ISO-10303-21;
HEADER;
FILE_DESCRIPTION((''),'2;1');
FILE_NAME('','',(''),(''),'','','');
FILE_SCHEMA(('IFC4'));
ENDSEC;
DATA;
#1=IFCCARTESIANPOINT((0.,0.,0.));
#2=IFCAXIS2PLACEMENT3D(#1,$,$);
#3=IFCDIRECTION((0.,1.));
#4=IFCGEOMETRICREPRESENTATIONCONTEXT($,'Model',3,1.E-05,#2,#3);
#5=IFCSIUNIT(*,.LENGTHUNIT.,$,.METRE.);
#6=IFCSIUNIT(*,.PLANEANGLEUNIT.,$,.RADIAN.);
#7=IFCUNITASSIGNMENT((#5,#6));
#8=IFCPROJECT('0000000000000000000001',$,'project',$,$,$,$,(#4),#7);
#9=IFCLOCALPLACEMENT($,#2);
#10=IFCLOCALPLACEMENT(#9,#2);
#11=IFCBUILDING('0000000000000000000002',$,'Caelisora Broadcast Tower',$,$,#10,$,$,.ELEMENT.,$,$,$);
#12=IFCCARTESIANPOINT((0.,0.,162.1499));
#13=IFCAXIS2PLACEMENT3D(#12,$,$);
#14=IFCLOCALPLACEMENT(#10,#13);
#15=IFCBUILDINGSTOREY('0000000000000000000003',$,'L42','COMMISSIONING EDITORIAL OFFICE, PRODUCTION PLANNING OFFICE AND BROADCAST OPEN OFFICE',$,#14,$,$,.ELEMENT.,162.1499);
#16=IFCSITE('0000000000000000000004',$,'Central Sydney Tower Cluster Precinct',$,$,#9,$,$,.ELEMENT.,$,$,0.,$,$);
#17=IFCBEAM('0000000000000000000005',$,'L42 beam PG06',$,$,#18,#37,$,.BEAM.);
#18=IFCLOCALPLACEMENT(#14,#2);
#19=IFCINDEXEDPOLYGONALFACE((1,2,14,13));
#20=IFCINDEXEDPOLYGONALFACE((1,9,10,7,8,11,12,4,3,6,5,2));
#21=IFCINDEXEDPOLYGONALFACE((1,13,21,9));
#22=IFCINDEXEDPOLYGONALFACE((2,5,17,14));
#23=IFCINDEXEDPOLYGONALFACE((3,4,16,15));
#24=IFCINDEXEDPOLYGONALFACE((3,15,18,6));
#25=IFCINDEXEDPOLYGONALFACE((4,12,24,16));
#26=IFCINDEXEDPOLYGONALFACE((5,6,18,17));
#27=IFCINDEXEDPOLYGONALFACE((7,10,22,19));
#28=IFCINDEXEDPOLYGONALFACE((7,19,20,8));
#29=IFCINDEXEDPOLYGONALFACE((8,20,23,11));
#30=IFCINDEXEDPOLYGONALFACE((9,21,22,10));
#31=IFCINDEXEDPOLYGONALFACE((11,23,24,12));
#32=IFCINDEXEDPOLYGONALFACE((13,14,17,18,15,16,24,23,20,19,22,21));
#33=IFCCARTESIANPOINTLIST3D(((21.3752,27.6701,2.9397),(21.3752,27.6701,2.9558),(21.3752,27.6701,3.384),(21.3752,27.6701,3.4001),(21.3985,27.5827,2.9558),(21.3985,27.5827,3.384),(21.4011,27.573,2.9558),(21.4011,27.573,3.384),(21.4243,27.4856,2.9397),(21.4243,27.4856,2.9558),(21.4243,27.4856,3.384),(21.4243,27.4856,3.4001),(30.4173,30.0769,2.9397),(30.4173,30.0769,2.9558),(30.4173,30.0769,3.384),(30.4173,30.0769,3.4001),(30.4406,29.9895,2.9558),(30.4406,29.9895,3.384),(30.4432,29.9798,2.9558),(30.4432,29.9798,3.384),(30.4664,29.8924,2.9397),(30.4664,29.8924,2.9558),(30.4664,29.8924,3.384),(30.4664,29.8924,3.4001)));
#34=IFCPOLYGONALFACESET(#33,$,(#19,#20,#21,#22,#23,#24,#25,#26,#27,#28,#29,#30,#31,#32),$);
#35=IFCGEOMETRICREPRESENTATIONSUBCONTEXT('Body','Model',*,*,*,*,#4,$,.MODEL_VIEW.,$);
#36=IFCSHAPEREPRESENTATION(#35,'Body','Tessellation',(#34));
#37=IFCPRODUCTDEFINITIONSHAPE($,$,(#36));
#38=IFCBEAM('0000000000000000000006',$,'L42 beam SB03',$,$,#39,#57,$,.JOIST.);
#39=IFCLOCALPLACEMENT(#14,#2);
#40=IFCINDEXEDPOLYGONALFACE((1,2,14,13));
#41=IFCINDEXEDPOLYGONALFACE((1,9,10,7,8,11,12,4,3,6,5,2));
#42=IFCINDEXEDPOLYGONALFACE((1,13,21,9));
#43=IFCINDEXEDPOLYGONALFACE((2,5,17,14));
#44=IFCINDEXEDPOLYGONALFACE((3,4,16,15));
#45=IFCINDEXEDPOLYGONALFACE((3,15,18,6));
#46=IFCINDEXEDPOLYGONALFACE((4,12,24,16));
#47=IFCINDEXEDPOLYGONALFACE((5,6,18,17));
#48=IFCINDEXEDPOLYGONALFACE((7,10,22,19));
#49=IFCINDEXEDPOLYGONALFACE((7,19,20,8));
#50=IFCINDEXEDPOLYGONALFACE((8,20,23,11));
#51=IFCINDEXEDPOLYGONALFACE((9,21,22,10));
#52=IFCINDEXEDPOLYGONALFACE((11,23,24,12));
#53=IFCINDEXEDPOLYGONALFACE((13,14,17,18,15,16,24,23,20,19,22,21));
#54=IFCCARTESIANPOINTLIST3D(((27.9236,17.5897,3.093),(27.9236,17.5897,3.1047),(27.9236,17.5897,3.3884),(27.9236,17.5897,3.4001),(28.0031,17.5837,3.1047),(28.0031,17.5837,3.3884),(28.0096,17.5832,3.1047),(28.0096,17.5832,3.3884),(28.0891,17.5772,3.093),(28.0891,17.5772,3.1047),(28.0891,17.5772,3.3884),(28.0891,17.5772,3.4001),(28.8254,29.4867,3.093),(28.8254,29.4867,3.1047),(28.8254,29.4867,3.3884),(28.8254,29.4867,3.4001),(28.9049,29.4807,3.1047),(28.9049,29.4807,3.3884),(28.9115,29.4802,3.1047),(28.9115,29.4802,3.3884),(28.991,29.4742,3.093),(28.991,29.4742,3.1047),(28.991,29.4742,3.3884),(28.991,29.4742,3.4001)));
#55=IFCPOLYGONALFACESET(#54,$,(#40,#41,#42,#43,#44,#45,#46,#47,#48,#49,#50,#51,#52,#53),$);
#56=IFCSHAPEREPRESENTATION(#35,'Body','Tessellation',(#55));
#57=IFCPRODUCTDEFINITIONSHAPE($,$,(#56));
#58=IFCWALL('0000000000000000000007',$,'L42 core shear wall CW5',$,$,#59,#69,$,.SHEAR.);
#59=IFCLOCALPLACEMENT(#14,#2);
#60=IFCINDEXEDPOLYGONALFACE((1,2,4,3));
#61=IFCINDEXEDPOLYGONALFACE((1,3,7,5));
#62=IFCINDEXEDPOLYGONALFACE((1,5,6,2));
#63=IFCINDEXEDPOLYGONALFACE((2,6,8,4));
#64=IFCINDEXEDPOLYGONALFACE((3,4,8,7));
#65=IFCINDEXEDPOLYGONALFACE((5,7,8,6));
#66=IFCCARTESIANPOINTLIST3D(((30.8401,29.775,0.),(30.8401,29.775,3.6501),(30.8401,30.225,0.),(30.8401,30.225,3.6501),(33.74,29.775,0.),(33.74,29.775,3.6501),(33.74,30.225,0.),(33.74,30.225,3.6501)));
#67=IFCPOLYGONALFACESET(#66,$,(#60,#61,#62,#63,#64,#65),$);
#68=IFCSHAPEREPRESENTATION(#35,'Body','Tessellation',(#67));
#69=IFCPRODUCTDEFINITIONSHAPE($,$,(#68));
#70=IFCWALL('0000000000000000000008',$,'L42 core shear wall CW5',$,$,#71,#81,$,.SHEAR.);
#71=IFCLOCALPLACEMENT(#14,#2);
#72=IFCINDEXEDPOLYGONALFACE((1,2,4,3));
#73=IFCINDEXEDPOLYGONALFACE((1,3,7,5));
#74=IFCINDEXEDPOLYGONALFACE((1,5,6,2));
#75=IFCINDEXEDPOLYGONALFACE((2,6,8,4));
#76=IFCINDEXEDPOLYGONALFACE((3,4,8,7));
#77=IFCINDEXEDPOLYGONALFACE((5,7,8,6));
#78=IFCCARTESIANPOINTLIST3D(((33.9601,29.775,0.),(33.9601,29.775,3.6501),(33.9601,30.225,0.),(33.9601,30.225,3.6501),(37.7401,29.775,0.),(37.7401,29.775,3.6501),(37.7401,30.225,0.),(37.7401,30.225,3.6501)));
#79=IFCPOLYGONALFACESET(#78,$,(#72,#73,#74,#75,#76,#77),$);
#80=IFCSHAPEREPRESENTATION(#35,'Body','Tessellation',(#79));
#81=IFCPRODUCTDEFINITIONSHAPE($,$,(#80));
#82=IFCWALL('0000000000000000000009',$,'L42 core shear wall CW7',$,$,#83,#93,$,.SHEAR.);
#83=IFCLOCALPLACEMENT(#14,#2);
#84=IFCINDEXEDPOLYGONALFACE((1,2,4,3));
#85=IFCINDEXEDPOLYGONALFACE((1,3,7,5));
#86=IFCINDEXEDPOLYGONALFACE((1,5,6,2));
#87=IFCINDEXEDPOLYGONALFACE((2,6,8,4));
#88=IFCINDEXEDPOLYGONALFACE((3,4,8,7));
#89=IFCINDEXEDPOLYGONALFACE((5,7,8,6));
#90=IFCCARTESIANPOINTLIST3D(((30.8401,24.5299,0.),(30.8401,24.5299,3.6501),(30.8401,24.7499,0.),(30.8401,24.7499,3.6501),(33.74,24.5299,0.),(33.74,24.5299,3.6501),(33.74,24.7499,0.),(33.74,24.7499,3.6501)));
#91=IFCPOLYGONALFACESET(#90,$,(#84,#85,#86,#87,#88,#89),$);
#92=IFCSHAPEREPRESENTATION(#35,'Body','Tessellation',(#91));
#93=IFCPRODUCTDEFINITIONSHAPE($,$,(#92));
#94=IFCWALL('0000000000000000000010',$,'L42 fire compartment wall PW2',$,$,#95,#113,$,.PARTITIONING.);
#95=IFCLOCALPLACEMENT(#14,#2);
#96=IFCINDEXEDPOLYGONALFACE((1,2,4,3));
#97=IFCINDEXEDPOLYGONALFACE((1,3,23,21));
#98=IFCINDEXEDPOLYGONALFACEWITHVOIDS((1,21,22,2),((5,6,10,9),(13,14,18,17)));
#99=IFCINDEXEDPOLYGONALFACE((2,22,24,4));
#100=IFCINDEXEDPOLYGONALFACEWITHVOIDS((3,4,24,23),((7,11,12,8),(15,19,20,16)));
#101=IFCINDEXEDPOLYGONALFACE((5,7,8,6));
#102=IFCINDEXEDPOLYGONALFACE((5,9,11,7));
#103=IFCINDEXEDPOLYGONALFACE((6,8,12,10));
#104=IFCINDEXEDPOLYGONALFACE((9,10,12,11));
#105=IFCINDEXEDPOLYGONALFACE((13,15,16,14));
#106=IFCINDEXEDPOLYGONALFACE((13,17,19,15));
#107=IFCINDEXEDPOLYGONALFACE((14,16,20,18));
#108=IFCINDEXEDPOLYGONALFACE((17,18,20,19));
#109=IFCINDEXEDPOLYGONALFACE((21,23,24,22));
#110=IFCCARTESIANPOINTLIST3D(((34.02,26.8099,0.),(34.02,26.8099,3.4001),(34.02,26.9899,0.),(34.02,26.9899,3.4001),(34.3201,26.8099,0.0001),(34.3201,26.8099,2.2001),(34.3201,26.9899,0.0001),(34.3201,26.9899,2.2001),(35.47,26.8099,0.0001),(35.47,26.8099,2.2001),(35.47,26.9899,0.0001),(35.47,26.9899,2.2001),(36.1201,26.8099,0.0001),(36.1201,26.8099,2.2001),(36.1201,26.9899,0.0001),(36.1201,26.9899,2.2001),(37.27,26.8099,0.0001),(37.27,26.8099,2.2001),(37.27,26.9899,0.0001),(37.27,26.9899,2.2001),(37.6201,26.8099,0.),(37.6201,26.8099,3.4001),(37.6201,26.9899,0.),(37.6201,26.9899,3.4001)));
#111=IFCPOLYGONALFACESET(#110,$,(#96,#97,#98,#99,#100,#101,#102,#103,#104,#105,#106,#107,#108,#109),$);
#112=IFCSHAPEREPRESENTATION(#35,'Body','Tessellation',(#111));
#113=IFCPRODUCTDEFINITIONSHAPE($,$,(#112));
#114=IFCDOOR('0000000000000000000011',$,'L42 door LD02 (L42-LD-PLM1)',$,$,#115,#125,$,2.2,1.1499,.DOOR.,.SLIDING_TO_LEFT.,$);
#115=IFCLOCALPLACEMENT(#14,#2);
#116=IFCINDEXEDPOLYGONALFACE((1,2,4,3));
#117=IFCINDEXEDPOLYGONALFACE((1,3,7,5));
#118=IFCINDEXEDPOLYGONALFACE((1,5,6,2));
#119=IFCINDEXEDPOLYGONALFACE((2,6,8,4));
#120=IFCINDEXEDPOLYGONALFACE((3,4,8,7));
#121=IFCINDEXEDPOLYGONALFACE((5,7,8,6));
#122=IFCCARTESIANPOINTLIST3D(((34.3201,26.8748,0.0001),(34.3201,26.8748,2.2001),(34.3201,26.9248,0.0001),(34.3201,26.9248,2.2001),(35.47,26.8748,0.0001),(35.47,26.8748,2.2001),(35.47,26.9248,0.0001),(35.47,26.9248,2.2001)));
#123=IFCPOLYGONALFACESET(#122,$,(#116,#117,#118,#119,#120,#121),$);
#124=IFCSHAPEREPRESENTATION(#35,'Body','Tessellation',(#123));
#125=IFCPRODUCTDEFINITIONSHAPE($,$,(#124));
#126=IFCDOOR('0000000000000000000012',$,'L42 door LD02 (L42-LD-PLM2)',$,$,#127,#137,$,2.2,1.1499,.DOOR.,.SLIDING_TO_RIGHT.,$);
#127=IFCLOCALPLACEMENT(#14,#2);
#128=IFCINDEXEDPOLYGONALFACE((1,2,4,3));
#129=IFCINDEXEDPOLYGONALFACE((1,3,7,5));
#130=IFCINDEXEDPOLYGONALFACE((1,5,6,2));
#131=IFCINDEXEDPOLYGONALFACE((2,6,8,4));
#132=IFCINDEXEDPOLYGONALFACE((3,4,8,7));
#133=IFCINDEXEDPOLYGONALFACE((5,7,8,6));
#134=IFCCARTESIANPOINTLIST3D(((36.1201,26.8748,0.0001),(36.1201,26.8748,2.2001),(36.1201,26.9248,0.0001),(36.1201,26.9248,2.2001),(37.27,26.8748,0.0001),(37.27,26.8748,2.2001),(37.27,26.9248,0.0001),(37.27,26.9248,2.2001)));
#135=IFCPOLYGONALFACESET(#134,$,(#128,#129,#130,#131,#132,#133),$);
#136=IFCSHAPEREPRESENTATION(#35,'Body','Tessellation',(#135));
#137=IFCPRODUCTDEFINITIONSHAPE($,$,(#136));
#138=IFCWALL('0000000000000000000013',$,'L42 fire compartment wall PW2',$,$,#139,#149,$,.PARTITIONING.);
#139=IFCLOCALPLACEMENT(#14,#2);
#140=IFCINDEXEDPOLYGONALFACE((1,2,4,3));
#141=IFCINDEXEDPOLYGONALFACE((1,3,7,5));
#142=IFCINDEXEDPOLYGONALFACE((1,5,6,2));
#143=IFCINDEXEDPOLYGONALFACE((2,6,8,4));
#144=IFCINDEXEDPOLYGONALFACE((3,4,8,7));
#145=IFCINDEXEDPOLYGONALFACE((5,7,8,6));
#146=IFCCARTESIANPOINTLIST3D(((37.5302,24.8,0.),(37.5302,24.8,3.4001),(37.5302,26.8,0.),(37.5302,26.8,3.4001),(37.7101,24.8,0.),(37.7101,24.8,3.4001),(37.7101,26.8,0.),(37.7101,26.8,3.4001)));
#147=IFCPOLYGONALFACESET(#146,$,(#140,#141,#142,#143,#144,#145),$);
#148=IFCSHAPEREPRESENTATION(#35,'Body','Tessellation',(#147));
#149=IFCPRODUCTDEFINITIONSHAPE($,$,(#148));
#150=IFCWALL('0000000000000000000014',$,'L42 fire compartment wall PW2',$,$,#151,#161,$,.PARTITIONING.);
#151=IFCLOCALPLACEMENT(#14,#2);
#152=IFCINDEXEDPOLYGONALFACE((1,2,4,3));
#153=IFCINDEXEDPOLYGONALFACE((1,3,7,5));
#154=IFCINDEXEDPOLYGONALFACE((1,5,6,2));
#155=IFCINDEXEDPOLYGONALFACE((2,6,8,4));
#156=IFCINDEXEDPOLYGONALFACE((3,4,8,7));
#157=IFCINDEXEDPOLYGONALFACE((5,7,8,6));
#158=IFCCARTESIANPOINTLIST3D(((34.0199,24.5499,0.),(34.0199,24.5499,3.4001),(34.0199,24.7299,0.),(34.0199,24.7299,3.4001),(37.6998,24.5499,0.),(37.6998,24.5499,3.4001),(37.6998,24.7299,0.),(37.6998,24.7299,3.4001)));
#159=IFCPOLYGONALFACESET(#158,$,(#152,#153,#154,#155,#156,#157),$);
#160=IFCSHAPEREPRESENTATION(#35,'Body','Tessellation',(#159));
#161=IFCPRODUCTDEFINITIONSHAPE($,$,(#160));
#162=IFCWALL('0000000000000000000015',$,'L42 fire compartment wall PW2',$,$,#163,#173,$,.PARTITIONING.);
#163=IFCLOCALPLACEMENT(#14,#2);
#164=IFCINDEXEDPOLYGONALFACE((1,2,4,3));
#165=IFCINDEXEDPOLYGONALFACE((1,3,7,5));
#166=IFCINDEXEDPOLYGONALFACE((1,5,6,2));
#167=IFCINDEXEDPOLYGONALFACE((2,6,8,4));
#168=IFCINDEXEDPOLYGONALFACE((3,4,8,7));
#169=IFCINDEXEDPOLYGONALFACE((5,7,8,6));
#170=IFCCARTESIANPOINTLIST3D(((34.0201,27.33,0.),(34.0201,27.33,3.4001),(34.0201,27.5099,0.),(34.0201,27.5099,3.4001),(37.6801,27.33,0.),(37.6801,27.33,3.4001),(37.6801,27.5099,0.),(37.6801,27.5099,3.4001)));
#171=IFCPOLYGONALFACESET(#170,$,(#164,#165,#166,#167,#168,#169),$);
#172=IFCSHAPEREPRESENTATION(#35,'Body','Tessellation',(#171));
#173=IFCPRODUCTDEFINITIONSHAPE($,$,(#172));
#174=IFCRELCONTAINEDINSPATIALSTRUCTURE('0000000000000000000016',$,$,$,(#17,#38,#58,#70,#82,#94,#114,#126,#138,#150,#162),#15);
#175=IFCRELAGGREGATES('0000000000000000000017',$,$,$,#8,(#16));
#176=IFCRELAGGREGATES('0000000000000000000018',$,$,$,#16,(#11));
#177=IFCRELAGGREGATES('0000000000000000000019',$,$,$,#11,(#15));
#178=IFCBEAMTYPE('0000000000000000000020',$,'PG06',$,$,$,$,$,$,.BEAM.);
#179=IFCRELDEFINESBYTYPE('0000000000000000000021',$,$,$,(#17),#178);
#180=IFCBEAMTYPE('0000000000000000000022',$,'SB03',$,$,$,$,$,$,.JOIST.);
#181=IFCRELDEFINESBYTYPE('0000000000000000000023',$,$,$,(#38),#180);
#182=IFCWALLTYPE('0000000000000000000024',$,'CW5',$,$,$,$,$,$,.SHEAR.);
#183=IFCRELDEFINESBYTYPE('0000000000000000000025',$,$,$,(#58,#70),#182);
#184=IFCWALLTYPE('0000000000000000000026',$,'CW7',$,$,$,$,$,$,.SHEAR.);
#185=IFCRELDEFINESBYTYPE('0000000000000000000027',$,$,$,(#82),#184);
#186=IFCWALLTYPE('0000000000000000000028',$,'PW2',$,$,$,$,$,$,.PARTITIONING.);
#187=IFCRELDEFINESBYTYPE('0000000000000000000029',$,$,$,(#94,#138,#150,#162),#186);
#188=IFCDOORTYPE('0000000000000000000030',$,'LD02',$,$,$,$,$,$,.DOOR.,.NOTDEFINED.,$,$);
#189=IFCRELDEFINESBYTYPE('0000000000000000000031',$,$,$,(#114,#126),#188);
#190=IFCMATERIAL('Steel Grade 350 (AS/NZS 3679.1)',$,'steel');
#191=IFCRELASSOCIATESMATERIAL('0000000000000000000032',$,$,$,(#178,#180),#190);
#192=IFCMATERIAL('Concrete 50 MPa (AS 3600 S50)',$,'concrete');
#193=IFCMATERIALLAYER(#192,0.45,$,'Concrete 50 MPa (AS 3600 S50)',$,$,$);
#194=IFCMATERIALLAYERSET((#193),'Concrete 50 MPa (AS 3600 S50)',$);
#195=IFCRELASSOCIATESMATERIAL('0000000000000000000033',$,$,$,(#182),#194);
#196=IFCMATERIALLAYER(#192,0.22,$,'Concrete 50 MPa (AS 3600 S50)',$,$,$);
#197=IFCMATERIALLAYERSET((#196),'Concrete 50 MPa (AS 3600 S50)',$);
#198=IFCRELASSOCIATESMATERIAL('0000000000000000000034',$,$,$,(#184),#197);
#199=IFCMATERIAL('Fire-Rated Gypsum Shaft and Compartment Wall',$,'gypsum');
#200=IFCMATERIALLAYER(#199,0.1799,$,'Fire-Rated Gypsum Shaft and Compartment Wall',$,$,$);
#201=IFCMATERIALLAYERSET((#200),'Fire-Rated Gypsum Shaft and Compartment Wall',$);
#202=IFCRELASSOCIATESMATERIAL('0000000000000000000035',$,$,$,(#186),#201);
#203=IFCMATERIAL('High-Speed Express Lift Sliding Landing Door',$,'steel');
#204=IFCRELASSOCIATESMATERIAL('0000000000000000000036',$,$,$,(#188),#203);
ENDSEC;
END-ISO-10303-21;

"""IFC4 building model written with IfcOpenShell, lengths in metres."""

from ifc_helpers import new_model, si_unit, direction, frame, frame_2d, origin, origin_2d, place, context, subcontext, project, spatial, rectangle, i_section, extrude, source, transform, mapped, material, layer, layer_set, material_profile, profile_set, type_object, type_shapes, element, fill, save


model = new_model("IFC4")

# Units and contexts
model_context = context("Model", 3, precision=1e-05, world=origin(), true_north=direction((0.0, 1.0)))
body_context = subcontext(model_context, "Body", "Model", "MODEL_VIEW")
ifc_project = project(units=[si_unit("LENGTHUNIT", "METRE"), si_unit("PLANEANGLEUNIT", "RADIAN")], contexts=[model_context])

# Site, building, storey
site_placement = place(None, origin())
site = spatial("IfcSite", under=ifc_project, at=site_placement, Name="Central Sydney Tower Cluster Precinct", CompositionType="ELEMENT", RefElevation=0.0)
building_placement = place(site_placement, origin())
building = spatial("IfcBuilding", under=site, at=building_placement, Name="Caelisora Broadcast Tower", CompositionType="ELEMENT")
storey_placement = place(building_placement, frame((0.0, 0.0, 162.1499)))
storey = spatial("IfcBuildingStorey", under=building, at=storey_placement, Name="L42", Description="COMMISSIONING EDITORIAL OFFICE, PRODUCTION PLANNING OFFICE AND BROADCAST OPEN OFFICE", CompositionType="ELEMENT", Elevation=162.1499)

# Beams
ifc_material_1 = material(Name="Concrete 50 MPa (AS 3600 S50)", Category="concrete")
ifc_material_2 = material(Name="Steel Grade 350 (AS/NZS 3679.1)", Category="steel")
ifc_material_profile_1 = material_profile(ifc_material_2, i_section(OverallWidth=0.1909, OverallDepth=0.4604, WebThickness=0.01, FlangeThickness=0.0161, at=origin_2d()), Name="Steel Grade 350 (AS/NZS 3679.1)")
ifc_profile_set_1 = profile_set([ifc_material_profile_1], Name="Steel Grade 350 (AS/NZS 3679.1)")
beam_type_1 = type_object("IfcBeamType", Name="PG06", PredefinedType="BEAM", material=ifc_profile_set_1)
shared_shape_1 = source(origin(), body_context, "Body", "SweptSolid", [
    extrude(i_section(OverallWidth=0.1909, OverallDepth=0.4604, WebThickness=0.01, FlangeThickness=0.0161, at=origin_2d()), origin(), (0.0, 0.0, 1.0), 9.3569),
])
beam_1_placement = place(storey_placement, frame((30.4419, 29.9846, 3.1699), z_axis=(-0.966353, -0.257218, 0.0), x_axis=(0.257218, -0.966353, 0.0)))
element("IfcBeam", 1, at=beam_1_placement, inside=storey, type_object=beam_type_1, Name="L42 beam PG06", PredefinedType="BEAM", context=body_context, shape_type="MappedRepresentation", body=[
    mapped(shared_shape_1, transform((0.0, 0.0, 0.0), scale=1.0)),
])
ifc_material_profile_2 = material_profile(ifc_material_2, i_section(OverallWidth=0.166, OverallDepth=0.3071, WebThickness=0.0066, FlangeThickness=0.0117, at=origin_2d()), Name="Steel Grade 350 (AS/NZS 3679.1)")
ifc_profile_set_2 = profile_set([ifc_material_profile_2], Name="Steel Grade 350 (AS/NZS 3679.1)")
beam_type_2 = type_object("IfcBeamType", Name="SB03", PredefinedType="JOIST", material=ifc_profile_set_2)
shared_shape_2 = source(origin(), body_context, "Body", "SweptSolid", [
    extrude(i_section(OverallWidth=0.166, OverallDepth=0.3071, WebThickness=0.0066, FlangeThickness=0.0117, at=origin_2d()), origin(), (0.0, 0.0, 1.0), 11.9312),
])
type_shapes(beam_type_2, [shared_shape_2])
beam_2_placement = place(storey_placement, frame((28.9082, 29.4805, 3.2466), z_axis=(-0.075589, -0.997139, 0.0), x_axis=(0.997139, -0.075589, 0.0)))
element("IfcBeam", 2, at=beam_2_placement, inside=storey, type_object=beam_type_2, Name="L42 beam SB03", PredefinedType="JOIST", context=body_context, shape_type="MappedRepresentation", body=[
    mapped(shared_shape_2, transform((0.0, 0.0, 0.0), scale=1.0)),
])

# Walls
ifc_layer_1 = layer(ifc_material_1, 0.45, Name="Concrete 50 MPa (AS 3600 S50)")
ifc_layer_set_1 = layer_set([ifc_layer_1], Name="Concrete 50 MPa (AS 3600 S50)")
wall_type_1 = type_object("IfcWallType", Name="CW5", PredefinedType="SHEAR", material=ifc_layer_set_1)
wall_1_placement = place(storey_placement, frame((30.8401, 30.0, 0.0), z_axis=(0.0, 0.0, 1.0), x_axis=(1.0, 0.0, 0.0)))
element("IfcWall", 3, at=wall_1_placement, inside=storey, type_object=wall_type_1, Name="L42 core shear wall CW5", PredefinedType="SHEAR", context=body_context, shape_type="SweptSolid", body=[
    extrude(rectangle(XDim=2.8999, YDim=0.45, at=frame_2d((1.45, 0.0))), origin(), (0.0, 0.0, 1.0), 3.6501),
])
wall_2_placement = place(storey_placement, frame((33.96, 30.0, 0.0), z_axis=(0.0, 0.0, 1.0), x_axis=(1.0, 0.0, 0.0)))
element("IfcWall", 4, at=wall_2_placement, inside=storey, type_object=wall_type_1, Name="L42 core shear wall CW5", PredefinedType="SHEAR", context=body_context, shape_type="SweptSolid", body=[
    extrude(rectangle(XDim=3.78, YDim=0.45, at=frame_2d((1.8901, 0.0))), origin(), (0.0, 0.0, 1.0), 3.6501),
])
ifc_layer_2 = layer(ifc_material_1, 0.22, Name="Concrete 50 MPa (AS 3600 S50)")
ifc_layer_set_2 = layer_set([ifc_layer_2], Name="Concrete 50 MPa (AS 3600 S50)")
wall_type_2 = type_object("IfcWallType", Name="CW7", PredefinedType="SHEAR", material=ifc_layer_set_2)
wall_3_placement = place(storey_placement, frame((30.8401, 24.6399, 0.0), z_axis=(0.0, 0.0, 1.0), x_axis=(1.0, 0.0, 0.0)))
element("IfcWall", 5, at=wall_3_placement, inside=storey, type_object=wall_type_2, Name="L42 core shear wall CW7", PredefinedType="SHEAR", context=body_context, shape_type="SweptSolid", body=[
    extrude(rectangle(XDim=2.8999, YDim=0.22, at=frame_2d((1.45, 0.0))), origin(), (0.0, 0.0, 1.0), 3.6501),
])

# Wall, openings, doors
ifc_material_3 = material(Name="Fire-Rated Gypsum Shaft and Compartment Wall", Category="gypsum")
ifc_layer_3 = layer(ifc_material_3, 0.1799, Name="Fire-Rated Gypsum Shaft and Compartment Wall")
ifc_layer_set_3 = layer_set([ifc_layer_3], Name="Fire-Rated Gypsum Shaft and Compartment Wall")
wall_type_3 = type_object("IfcWallType", Name="PW2", PredefinedType="PARTITIONING", material=ifc_layer_set_3)
wall_4_placement = place(storey_placement, frame((34.02, 26.8999, 0.0), z_axis=(0.0, 0.0, 1.0), x_axis=(1.0, 0.0, 0.0)))
wall_4 = element("IfcWall", 6, at=wall_4_placement, inside=storey, type_object=wall_type_3, Name="L42 fire compartment wall PW2", PredefinedType="PARTITIONING", context=body_context, shape_type="SweptSolid", body=[
    extrude(rectangle(XDim=3.6001, YDim=0.1799, at=frame_2d((1.8, 0.0))), origin(), (0.0, 0.0, 1.0), 3.4001),
])
opening_1_placement = place(wall_4_placement, frame((0.3, 0.0, 0.0)))
opening_1 = element("IfcOpeningElement", 7, at=opening_1_placement, cuts=wall_4, PredefinedType="OPENING", context=body_context, shape_type="SweptSolid", body=[
    extrude(rectangle(XDim=1.1499, YDim=2.2, at=frame_2d((0.575, 1.1001))), frame((0.0, 0.1021, 0.0), z_axis=(0.0, -1.0, 0.0), x_axis=(1.0, 0.0, 0.0)), (0.0, 0.0, 1.0), 0.2039),
])
opening_2_placement = place(wall_4_placement, frame((2.1001, 0.0, 0.0)))
opening_2 = element("IfcOpeningElement", 8, at=opening_2_placement, cuts=wall_4, PredefinedType="OPENING", context=body_context, shape_type="SweptSolid", body=[
    extrude(rectangle(XDim=1.1499, YDim=2.2, at=frame_2d((0.575, 1.1001))), frame((0.0, 0.1021, 0.0), z_axis=(0.0, -1.0, 0.0), x_axis=(1.0, 0.0, 0.0)), (0.0, 0.0, 1.0), 0.2039),
])
ifc_material_4 = material(Name="High-Speed Express Lift Sliding Landing Door", Category="steel")
door_type = type_object("IfcDoorType", Name="LD02", OperationType="NOTDEFINED", PredefinedType="DOOR", material=ifc_material_4)
door_1_placement = place(opening_1_placement, origin())
door_1 = element("IfcDoor", 9, at=door_1_placement, inside=storey, type_object=door_type, Name="L42 door LD02 (L42-LD-PLM1)", OperationType="SLIDING_TO_LEFT", OverallHeight=2.2, OverallWidth=1.1499, PredefinedType="DOOR", context=body_context, shape_type="SweptSolid", body=[
    extrude(rectangle(XDim=1.1499, YDim=2.2, at=frame_2d((0.575, 1.1001))), frame((0.0, 0.0249, 0.0), z_axis=(0.0, -1.0, 0.0), x_axis=(1.0, 0.0, 0.0)), (0.0, 0.0, 1.0), 0.05),
])
fill(opening_1, door_1)
door_2_placement = place(opening_2_placement, origin())
door_2 = element("IfcDoor", 10, at=door_2_placement, inside=storey, type_object=door_type, Name="L42 door LD02 (L42-LD-PLM2)", OperationType="SLIDING_TO_RIGHT", OverallHeight=2.2, OverallWidth=1.1499, PredefinedType="DOOR", context=body_context, shape_type="SweptSolid", body=[
    extrude(rectangle(XDim=1.1499, YDim=2.2, at=frame_2d((0.575, 1.1001))), frame((0.0, 0.0249, 0.0), z_axis=(0.0, -1.0, 0.0), x_axis=(1.0, 0.0, 0.0)), (0.0, 0.0, 1.0), 0.05),
])
fill(opening_2, door_2)

# Walls
wall_5_placement = place(storey_placement, frame((37.6201, 24.8, 0.0), z_axis=(0.0, 0.0, 1.0), x_axis=(0.0, 1.0, 0.0)))
element("IfcWall", 11, at=wall_5_placement, inside=storey, type_object=wall_type_3, Name="L42 fire compartment wall PW2", PredefinedType="PARTITIONING", context=body_context, shape_type="SweptSolid", body=[
    extrude(rectangle(XDim=2.0, YDim=0.1799, at=frame_2d((1.0, 0.0))), origin(), (0.0, 0.0, 1.0), 3.4001),
])
wall_6_placement = place(storey_placement, frame((34.02, 24.6399, 0.0), z_axis=(0.0, 0.0, 1.0), x_axis=(1.0, 0.0, 0.0)))
element("IfcWall", 12, at=wall_6_placement, inside=storey, type_object=wall_type_3, Name="L42 fire compartment wall PW2", PredefinedType="PARTITIONING", context=body_context, shape_type="SweptSolid", body=[
    extrude(rectangle(XDim=3.6799, YDim=0.1799, at=frame_2d((1.8398, 0.0))), origin(), (0.0, 0.0, 1.0), 3.4001),
])
wall_7_placement = place(storey_placement, frame((34.02, 27.4199, 0.0), z_axis=(0.0, 0.0, 1.0), x_axis=(1.0, 0.0, 0.0)))
element("IfcWall", 13, at=wall_7_placement, inside=storey, type_object=wall_type_3, Name="L42 fire compartment wall PW2", PredefinedType="PARTITIONING", context=body_context, shape_type="SweptSolid", body=[
    extrude(rectangle(XDim=3.6599, YDim=0.1799, at=frame_2d((1.8301, 0.0))), origin(), (0.0, 0.0, 1.0), 3.4001),
])

save(model, "model.ifc")
